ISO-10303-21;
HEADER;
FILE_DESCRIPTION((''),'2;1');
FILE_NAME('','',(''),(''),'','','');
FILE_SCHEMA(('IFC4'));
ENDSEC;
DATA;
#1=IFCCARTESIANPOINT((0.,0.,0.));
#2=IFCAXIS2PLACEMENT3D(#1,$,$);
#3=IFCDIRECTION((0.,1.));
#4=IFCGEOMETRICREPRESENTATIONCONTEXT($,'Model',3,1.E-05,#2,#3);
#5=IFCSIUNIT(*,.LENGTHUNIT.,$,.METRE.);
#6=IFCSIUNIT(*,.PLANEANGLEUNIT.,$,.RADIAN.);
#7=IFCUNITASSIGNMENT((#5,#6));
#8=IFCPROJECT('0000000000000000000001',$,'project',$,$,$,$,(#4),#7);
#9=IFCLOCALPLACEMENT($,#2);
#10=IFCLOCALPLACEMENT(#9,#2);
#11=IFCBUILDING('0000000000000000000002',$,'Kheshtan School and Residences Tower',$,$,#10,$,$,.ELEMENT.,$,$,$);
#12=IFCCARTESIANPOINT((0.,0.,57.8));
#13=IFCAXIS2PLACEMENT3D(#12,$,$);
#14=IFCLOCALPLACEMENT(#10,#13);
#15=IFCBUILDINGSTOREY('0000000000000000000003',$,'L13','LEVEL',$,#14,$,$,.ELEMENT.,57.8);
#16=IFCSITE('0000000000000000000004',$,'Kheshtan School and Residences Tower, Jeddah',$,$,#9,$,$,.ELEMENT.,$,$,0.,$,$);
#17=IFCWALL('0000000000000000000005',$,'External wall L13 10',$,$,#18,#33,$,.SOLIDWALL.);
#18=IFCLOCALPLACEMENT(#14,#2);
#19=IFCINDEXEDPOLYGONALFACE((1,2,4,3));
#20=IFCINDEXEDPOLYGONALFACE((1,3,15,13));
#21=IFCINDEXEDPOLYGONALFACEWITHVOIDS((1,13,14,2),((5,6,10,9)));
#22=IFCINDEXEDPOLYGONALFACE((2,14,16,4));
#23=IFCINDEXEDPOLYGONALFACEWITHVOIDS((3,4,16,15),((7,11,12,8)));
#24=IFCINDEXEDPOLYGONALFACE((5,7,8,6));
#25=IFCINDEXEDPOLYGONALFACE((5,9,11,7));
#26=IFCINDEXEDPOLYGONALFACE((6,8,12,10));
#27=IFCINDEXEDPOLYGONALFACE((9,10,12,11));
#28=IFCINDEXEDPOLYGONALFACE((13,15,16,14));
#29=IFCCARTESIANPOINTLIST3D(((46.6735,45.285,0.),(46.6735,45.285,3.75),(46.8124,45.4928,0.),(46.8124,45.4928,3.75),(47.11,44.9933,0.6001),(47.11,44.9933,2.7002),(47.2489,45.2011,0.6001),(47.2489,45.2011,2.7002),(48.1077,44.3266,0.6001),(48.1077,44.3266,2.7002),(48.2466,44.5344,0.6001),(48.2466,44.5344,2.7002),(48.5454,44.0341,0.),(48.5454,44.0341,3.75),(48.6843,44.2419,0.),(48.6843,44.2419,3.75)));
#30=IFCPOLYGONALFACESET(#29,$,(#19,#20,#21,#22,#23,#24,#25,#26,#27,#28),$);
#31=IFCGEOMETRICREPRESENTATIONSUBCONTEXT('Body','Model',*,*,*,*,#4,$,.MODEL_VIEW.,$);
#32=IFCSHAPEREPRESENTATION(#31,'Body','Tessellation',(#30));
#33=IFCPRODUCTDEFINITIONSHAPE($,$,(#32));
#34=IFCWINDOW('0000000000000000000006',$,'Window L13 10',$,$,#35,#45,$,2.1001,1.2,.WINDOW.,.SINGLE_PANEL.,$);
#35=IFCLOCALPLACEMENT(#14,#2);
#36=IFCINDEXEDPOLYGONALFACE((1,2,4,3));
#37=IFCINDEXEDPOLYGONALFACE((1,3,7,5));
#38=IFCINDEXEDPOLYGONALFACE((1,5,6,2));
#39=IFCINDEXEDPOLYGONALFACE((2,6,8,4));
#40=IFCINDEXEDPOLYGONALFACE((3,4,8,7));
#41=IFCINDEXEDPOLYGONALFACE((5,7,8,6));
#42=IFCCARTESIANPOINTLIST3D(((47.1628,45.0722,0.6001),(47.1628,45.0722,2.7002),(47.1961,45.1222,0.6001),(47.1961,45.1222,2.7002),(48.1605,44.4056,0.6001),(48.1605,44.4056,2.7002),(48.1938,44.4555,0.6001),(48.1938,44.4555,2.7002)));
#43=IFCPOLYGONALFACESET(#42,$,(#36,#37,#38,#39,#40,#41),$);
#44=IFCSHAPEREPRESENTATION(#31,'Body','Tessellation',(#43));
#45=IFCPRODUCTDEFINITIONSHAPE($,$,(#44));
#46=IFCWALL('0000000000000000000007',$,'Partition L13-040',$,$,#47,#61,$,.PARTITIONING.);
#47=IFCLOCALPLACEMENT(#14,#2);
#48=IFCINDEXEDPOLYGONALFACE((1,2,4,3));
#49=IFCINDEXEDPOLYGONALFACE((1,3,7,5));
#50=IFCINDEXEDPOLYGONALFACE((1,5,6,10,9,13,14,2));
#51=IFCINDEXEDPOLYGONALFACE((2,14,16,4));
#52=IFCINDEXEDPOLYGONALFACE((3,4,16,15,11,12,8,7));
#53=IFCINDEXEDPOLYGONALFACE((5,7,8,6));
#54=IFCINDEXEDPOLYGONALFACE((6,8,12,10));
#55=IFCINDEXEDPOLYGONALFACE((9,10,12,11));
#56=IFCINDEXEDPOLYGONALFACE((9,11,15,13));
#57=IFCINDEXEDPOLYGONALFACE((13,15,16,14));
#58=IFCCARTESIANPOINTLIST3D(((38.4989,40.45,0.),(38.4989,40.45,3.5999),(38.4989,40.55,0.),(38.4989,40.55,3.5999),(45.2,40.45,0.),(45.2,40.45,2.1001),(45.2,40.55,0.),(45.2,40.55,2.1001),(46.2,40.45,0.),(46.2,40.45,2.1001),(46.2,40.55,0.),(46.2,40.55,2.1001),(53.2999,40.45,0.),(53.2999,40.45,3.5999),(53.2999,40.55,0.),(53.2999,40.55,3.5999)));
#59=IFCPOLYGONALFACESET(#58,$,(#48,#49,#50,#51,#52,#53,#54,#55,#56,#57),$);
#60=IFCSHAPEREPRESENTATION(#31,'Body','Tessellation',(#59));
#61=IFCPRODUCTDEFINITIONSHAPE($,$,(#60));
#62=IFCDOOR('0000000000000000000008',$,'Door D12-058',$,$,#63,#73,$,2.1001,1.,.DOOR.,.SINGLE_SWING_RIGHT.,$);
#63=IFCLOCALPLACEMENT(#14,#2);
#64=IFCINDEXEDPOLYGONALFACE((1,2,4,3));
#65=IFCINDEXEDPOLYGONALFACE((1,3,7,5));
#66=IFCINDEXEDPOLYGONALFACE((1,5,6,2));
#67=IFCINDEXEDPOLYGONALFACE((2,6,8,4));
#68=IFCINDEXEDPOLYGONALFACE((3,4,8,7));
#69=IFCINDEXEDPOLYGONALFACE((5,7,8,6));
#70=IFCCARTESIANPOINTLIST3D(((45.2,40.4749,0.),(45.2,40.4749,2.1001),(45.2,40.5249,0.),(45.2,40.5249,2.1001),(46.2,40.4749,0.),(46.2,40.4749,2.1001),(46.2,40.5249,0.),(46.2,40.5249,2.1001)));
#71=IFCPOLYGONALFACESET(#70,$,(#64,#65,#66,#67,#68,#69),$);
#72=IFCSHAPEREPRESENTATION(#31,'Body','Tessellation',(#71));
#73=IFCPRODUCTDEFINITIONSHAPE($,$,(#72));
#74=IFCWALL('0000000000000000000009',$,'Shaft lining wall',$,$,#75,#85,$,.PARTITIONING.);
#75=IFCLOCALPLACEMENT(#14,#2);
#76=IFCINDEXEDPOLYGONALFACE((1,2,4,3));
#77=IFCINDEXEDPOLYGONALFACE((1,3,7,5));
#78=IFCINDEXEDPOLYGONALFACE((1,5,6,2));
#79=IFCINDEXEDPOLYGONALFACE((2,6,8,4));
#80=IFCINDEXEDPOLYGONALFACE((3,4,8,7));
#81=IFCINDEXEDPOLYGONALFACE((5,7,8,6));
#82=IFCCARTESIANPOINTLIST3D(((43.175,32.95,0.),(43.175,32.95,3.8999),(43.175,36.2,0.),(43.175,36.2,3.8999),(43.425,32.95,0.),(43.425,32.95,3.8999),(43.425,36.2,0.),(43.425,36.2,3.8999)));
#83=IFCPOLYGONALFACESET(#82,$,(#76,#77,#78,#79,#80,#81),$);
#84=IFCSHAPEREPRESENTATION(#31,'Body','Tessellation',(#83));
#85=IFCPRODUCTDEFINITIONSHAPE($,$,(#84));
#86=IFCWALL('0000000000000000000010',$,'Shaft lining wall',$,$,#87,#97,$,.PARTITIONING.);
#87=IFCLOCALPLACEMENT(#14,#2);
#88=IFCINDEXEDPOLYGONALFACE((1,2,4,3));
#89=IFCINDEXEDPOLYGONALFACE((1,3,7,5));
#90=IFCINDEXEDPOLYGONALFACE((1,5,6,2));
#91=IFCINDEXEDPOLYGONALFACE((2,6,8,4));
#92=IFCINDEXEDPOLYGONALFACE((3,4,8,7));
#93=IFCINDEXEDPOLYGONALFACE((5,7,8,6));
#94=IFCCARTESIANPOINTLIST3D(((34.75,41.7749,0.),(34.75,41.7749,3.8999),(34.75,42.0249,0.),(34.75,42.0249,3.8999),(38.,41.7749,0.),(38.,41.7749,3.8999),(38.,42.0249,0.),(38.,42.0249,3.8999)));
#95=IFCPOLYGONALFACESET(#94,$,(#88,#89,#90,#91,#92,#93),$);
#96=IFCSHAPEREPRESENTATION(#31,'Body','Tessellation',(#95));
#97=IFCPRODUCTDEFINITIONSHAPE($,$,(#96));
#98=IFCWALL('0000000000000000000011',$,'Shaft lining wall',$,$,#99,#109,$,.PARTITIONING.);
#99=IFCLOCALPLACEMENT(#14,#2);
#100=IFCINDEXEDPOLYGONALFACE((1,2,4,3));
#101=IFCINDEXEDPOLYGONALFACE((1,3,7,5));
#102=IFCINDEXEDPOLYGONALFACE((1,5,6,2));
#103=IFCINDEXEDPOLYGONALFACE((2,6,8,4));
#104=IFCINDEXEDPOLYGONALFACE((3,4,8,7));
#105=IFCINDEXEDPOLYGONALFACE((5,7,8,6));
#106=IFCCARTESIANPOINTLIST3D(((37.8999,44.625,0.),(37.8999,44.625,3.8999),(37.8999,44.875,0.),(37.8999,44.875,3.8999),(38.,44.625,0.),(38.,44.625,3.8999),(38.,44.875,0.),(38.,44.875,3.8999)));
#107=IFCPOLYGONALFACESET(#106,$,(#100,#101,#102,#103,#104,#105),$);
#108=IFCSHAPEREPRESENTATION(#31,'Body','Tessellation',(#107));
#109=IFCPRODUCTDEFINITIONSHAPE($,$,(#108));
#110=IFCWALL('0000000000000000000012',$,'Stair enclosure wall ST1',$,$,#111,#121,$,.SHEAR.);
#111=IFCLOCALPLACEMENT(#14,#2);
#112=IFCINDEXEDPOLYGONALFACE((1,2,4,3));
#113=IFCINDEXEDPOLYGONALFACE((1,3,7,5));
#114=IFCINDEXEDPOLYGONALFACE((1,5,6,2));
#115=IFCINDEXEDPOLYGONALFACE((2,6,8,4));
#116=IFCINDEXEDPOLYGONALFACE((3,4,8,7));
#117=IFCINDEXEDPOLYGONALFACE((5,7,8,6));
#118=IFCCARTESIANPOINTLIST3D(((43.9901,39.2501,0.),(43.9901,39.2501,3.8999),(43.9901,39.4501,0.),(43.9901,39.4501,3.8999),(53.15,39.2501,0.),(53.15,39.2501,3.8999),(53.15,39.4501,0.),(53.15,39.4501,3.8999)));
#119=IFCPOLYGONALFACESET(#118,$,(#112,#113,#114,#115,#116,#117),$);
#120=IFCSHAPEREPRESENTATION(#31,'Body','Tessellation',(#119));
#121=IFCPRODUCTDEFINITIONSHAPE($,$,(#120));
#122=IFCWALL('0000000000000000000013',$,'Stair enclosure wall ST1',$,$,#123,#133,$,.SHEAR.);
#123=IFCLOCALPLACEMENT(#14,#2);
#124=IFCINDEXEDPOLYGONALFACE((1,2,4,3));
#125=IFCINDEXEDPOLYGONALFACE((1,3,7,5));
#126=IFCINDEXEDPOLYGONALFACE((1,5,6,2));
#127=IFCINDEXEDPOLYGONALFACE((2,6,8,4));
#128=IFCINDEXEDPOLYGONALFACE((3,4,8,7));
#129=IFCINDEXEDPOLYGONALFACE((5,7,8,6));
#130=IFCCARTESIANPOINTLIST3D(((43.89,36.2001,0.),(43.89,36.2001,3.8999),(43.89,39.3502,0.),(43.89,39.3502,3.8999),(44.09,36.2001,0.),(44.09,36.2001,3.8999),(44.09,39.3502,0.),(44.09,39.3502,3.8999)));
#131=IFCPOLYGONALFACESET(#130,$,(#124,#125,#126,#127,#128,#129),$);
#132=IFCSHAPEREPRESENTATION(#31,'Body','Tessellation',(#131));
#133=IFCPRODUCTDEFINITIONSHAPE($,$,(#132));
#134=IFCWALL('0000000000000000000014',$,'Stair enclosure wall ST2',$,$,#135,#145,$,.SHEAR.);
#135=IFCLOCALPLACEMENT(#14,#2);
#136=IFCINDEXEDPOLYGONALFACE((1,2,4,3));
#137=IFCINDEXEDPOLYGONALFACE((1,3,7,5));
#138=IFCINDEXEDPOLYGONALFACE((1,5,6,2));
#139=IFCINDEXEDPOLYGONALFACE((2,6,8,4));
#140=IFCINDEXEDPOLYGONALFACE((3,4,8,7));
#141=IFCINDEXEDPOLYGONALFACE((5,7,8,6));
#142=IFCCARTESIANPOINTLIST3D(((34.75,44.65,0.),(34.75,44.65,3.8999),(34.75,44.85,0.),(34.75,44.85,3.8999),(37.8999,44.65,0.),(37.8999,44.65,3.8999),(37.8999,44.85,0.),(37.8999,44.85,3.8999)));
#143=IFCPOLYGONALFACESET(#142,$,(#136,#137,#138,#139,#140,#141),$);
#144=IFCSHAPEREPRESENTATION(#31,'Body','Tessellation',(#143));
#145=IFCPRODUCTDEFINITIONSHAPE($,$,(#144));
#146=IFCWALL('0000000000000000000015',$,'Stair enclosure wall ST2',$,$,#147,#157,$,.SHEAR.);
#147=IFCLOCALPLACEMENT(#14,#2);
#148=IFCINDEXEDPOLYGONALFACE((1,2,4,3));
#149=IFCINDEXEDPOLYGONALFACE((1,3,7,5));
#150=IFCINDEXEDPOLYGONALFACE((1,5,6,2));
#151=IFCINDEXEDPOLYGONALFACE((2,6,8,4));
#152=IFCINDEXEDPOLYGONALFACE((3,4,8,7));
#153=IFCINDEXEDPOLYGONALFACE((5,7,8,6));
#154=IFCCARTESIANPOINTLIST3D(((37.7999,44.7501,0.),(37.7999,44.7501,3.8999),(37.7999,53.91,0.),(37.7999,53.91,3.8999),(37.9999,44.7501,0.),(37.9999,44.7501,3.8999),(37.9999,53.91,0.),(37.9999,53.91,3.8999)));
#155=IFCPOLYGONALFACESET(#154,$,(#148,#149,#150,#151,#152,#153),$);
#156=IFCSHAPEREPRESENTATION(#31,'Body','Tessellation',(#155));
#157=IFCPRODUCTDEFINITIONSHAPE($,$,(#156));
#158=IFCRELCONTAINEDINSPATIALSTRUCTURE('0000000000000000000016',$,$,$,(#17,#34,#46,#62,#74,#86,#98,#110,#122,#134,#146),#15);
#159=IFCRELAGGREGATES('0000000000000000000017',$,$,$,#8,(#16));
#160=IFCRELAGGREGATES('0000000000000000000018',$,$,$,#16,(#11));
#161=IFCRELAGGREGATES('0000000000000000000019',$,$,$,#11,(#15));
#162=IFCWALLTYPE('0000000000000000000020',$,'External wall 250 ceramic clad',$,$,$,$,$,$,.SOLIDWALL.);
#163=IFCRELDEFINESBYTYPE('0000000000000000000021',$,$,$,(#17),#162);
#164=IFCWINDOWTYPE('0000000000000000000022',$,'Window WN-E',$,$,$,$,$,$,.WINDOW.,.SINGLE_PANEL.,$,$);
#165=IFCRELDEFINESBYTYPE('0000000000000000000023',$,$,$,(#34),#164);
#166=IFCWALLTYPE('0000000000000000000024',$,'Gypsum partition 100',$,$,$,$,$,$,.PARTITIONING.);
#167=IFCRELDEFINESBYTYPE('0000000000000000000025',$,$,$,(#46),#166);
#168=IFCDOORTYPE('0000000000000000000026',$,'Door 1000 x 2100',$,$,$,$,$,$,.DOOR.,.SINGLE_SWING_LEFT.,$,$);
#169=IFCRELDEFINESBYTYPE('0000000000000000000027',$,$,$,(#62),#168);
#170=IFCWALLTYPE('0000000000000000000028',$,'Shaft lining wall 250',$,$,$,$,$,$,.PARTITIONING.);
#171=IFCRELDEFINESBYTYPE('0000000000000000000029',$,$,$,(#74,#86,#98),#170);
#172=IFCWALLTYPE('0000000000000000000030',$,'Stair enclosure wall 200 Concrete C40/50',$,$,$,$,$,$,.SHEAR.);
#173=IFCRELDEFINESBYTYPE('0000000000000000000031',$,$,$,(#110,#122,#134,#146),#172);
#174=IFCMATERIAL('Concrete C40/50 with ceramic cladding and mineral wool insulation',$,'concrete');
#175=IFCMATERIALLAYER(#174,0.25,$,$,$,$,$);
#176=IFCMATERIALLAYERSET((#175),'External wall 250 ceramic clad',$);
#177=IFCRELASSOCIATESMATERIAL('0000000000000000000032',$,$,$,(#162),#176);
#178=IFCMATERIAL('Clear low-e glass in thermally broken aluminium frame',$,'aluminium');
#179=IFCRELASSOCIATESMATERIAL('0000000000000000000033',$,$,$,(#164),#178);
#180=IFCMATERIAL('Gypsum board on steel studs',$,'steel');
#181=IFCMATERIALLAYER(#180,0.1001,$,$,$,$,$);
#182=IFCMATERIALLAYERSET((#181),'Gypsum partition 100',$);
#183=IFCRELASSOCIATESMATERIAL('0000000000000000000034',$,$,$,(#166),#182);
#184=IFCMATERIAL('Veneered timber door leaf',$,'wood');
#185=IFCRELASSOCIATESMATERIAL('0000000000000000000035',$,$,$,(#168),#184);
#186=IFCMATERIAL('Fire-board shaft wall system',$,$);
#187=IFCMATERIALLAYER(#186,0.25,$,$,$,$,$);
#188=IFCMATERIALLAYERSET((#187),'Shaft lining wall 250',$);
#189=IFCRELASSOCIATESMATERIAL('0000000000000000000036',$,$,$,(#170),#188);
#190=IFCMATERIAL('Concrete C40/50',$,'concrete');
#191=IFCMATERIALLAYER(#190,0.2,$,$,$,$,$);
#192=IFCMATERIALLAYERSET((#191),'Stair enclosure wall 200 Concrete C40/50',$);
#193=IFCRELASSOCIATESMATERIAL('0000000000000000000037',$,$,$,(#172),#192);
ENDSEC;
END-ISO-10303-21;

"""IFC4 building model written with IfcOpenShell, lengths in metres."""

from ifc_helpers import new_model, si_unit, direction, frame, frame_2d, origin, place, context, subcontext, project, spatial, rectangle, extrude, source, transform, mapped, material, layer, layer_set, type_object, element, fill, save


model = new_model("IFC4")

# Units and contexts
model_context = context("Model", 3, precision=1e-05, world=origin(), true_north=direction((0.0, 1.0)))
body_context = subcontext(model_context, "Body", "Model", "MODEL_VIEW")
ifc_project = project(units=[si_unit("LENGTHUNIT", "METRE"), si_unit("PLANEANGLEUNIT", "RADIAN")], contexts=[model_context])

# Site, building, storey
site_placement = place(None, origin())
site = spatial("IfcSite", under=ifc_project, at=site_placement, Name="Kheshtan School and Residences Tower, Jeddah", CompositionType="ELEMENT", RefElevation=0.0)
building_placement = place(site_placement, origin())
building = spatial("IfcBuilding", under=site, at=building_placement, Name="Kheshtan School and Residences Tower", CompositionType="ELEMENT")
storey_placement = place(building_placement, frame((0.0, 0.0, 57.8)))
storey = spatial("IfcBuildingStorey", under=building, at=storey_placement, Name="L13", Description="LEVEL", CompositionType="ELEMENT", Elevation=57.8)

# Wall, opening, window
ifc_material_1 = material(Name="Concrete C40/50 with ceramic cladding and mineral wool insulation", Category="concrete")
ifc_layer_1 = layer(ifc_material_1, 0.25)
ifc_layer_set_1 = layer_set([ifc_layer_1], Name="External wall 250 ceramic clad")
wall_type_1 = type_object("IfcWallType", Name="External wall 250 ceramic clad", PredefinedType="SOLIDWALL", material=ifc_layer_set_1)
wall_1_placement = place(storey_placement, frame((46.7429, 45.3889, 0.0), z_axis=(0.0, 0.0, 1.0), x_axis=(0.831449, -0.555601, 0.0)))
wall_1 = element("IfcWall", 1, at=wall_1_placement, inside=storey, type_object=wall_type_1, Name="External wall L13 10", PredefinedType="SOLIDWALL", context=body_context, shape_type="SweptSolid", body=[
    extrude(rectangle(XDim=2.2515, YDim=0.25, at=frame_2d((1.1257, 0.0))), origin(), (0.0, 0.0, 1.0), 3.75),
])
opening_1_placement = place(wall_1_placement, frame((0.5249, 0.0, 0.6001)))
opening_1 = element("IfcOpeningElement", 2, at=opening_1_placement, cuts=wall_1, PredefinedType="OPENING", context=body_context, shape_type="SweptSolid", body=[
    extrude(rectangle(XDim=1.2, YDim=2.1001, at=frame_2d((0.6001, 1.05))), frame((0.0, 0.135, 0.0), z_axis=(0.0, -1.0, 0.0), x_axis=(1.0, 0.0, 0.0)), (0.0, 0.0, 1.0), 0.27),
])
ifc_material_2 = material(Name="Clear low-e glass in thermally broken aluminium frame", Category="aluminium")
window_type = type_object("IfcWindowType", Name="Window WN-E", PartitioningType="SINGLE_PANEL", PredefinedType="WINDOW", material=ifc_material_2)
shared_shape_1 = source(origin(), body_context, "Body", "SweptSolid", [
    extrude(rectangle(XDim=1.2, YDim=2.1001, at=frame_2d((0.6001, 1.05))), frame((0.0, 0.03, 0.0), z_axis=(0.0, -1.0, 0.0), x_axis=(1.0, 0.0, 0.0)), (0.0, 0.0, 1.0), 0.0601),
])
window_placement = place(opening_1_placement, origin())
window = element("IfcWindow", 3, at=window_placement, inside=storey, type_object=window_type, Name="Window L13 10", OverallHeight=2.1001, OverallWidth=1.2, PartitioningType="SINGLE_PANEL", PredefinedType="WINDOW", context=body_context, shape_type="MappedRepresentation", body=[
    mapped(shared_shape_1, transform((0.0, 0.0, 0.0), x_axis=(1.0, 0.0, 0.0), y_axis=(0.0, 1.0, 0.0), z_axis=(0.0, 0.0, 1.0), scale=1.0)),
])
fill(opening_1, window)

# Wall, opening, door
ifc_material_3 = material(Name="Gypsum board on steel studs", Category="steel")
ifc_layer_2 = layer(ifc_material_3, 0.1001)
ifc_layer_set_2 = layer_set([ifc_layer_2], Name="Gypsum partition 100")
wall_type_2 = type_object("IfcWallType", Name="Gypsum partition 100", PredefinedType="PARTITIONING", material=ifc_layer_set_2)
wall_2_placement = place(storey_placement, frame((38.499, 40.5, 0.0), z_axis=(0.0, 0.0, 1.0), x_axis=(1.0, 0.0, 0.0)))
wall_2 = element("IfcWall", 4, at=wall_2_placement, inside=storey, type_object=wall_type_2, Name="Partition L13-040", PredefinedType="PARTITIONING", context=body_context, shape_type="SweptSolid", body=[
    extrude(rectangle(XDim=14.801, YDim=0.1001, at=frame_2d((7.4004, 0.0))), origin(), (0.0, 0.0, 1.0), 3.5999),
])
opening_2_placement = place(wall_2_placement, frame((6.7009, 0.0, 0.0)))
opening_2 = element("IfcOpeningElement", 5, at=opening_2_placement, cuts=wall_2, PredefinedType="OPENING", context=body_context, shape_type="SweptSolid", body=[
    extrude(rectangle(XDim=1.0, YDim=2.1001, at=frame_2d((0.5, 1.05))), frame((0.0, 0.0601, 0.0), z_axis=(0.0, -1.0, 0.0), x_axis=(1.0, 0.0, 0.0)), (0.0, 0.0, 1.0), 0.1201),
])
ifc_material_4 = material(Name="Veneered timber door leaf", Category="wood")
door_type_1 = type_object("IfcDoorType", Name="Door 1000 x 2100", OperationType="SINGLE_SWING_LEFT", PredefinedType="DOOR", material=ifc_material_4)
shared_shape_2 = source(origin(), body_context, "Body", "SweptSolid", [
    extrude(rectangle(XDim=1.0, YDim=2.1001, at=frame_2d((0.5, 1.05))), frame((0.0, 0.0249, 0.0), z_axis=(0.0, -1.0, 0.0), x_axis=(1.0, 0.0, 0.0)), (0.0, 0.0, 1.0), 0.05),
])
door_1_placement = place(opening_2_placement, origin())
door_1 = element("IfcDoor", 6, at=door_1_placement, inside=storey, type_object=door_type_1, Name="Door D12-058", OperationType="SINGLE_SWING_RIGHT", OverallHeight=2.1001, OverallWidth=1.0, PredefinedType="DOOR", context=body_context, shape_type="MappedRepresentation", body=[
    mapped(shared_shape_2, transform((0.0, 0.0, 0.0), x_axis=(1.0, 0.0, 0.0), y_axis=(0.0, 1.0, 0.0), z_axis=(0.0, 0.0, 1.0), scale=1.0)),
])
fill(opening_2, door_1)

# Walls
ifc_material_5 = material(Name="Fire-board shaft wall system")
ifc_layer_3 = layer(ifc_material_5, 0.25)
ifc_layer_set_3 = layer_set([ifc_layer_3], Name="Shaft lining wall 250")
wall_type_3 = type_object("IfcWallType", Name="Shaft lining wall 250", PredefinedType="PARTITIONING", material=ifc_layer_set_3)
for number, where, z_axis, x_axis, name in (
    (7, (43.3, 32.95, 0.0), (0.0, 0.0, 1.0), (0.0, 1.0, 0.0), "Shaft lining wall"),
    (8, (34.75, 41.8999, 0.0), (0.0, 0.0, 1.0), (1.0, 0.0, 0.0), "Shaft lining wall"),
):
    element("IfcWall", number, at=place(storey_placement, frame(where, z_axis=z_axis, x_axis=x_axis)), inside=storey, type_object=wall_type_3, Name=name, PredefinedType="PARTITIONING", context=body_context, shape_type="SweptSolid", body=[
        extrude(rectangle(XDim=3.25, YDim=0.25, at=frame_2d((1.625, 0.0))), origin(), (0.0, 0.0, 1.0), 3.8999),
    ])
wall_3_placement = place(storey_placement, frame((37.8999, 44.75, 0.0), z_axis=(0.0, 0.0, 1.0), x_axis=(1.0, 0.0, 0.0)))
element("IfcWall", 9, at=wall_3_placement, inside=storey, type_object=wall_type_3, Name="Shaft lining wall", PredefinedType="PARTITIONING", context=body_context, shape_type="SweptSolid", body=[
    extrude(rectangle(XDim=0.1001, YDim=0.25, at=frame_2d((0.05, 0.0))), origin(), (0.0, 0.0, 1.0), 3.8999),
])
ifc_material_6 = material(Name="Concrete C40/50", Category="concrete")
ifc_layer_4 = layer(ifc_material_6, 0.2)
ifc_layer_set_4 = layer_set([ifc_layer_4], Name="Stair enclosure wall 200 Concrete C40/50")
wall_type_4 = type_object("IfcWallType", Name="Stair enclosure wall 200 Concrete C40/50", PredefinedType="SHEAR", material=ifc_layer_set_4)
wall_4_placement = place(storey_placement, frame((43.99, 39.3501, 0.0), z_axis=(0.0, 0.0, 1.0), x_axis=(1.0, 0.0, 0.0)))
element("IfcWall", 10, at=wall_4_placement, inside=storey, type_object=wall_type_4, Name="Stair enclosure wall ST1", PredefinedType="SHEAR", context=body_context, shape_type="SweptSolid", body=[
    extrude(rectangle(XDim=9.1599, YDim=0.2, at=frame_2d((4.5801, 0.0))), origin(), (0.0, 0.0, 1.0), 3.8999),
])
wall_5_placement = place(storey_placement, frame((43.99, 36.2, 0.0), z_axis=(0.0, 0.0, 1.0), x_axis=(0.0, 1.0, 0.0)))
element("IfcWall", 11, at=wall_5_placement, inside=storey, type_object=wall_type_4, Name="Stair enclosure wall ST1", PredefinedType="SHEAR", context=body_context, shape_type="SweptSolid", body=[
    extrude(rectangle(XDim=3.1501, YDim=0.2, at=frame_2d((1.5752, 0.0))), origin(), (0.0, 0.0, 1.0), 3.8999),
])
wall_6_placement = place(storey_placement, frame((34.75, 44.75, 0.0), z_axis=(0.0, 0.0, 1.0), x_axis=(1.0, 0.0, 0.0)))
element("IfcWall", 12, at=wall_6_placement, inside=storey, type_object=wall_type_4, Name="Stair enclosure wall ST2", PredefinedType="SHEAR", context=body_context, shape_type="SweptSolid", body=[
    extrude(rectangle(XDim=3.1499, YDim=0.2, at=frame_2d((1.575, 0.0))), origin(), (0.0, 0.0, 1.0), 3.8999),
])
wall_7_placement = place(storey_placement, frame((37.8999, 44.75, 0.0), z_axis=(0.0, 0.0, 1.0), x_axis=(0.0, 1.0, 0.0)))
element("IfcWall", 13, at=wall_7_placement, inside=storey, type_object=wall_type_4, Name="Stair enclosure wall ST2", PredefinedType="SHEAR", context=body_context, shape_type="SweptSolid", body=[
    extrude(rectangle(XDim=9.1599, YDim=0.2, at=frame_2d((4.5801, 0.0))), origin(), (0.0, 0.0, 1.0), 3.8999),
])

save(model, "model.ifc")
